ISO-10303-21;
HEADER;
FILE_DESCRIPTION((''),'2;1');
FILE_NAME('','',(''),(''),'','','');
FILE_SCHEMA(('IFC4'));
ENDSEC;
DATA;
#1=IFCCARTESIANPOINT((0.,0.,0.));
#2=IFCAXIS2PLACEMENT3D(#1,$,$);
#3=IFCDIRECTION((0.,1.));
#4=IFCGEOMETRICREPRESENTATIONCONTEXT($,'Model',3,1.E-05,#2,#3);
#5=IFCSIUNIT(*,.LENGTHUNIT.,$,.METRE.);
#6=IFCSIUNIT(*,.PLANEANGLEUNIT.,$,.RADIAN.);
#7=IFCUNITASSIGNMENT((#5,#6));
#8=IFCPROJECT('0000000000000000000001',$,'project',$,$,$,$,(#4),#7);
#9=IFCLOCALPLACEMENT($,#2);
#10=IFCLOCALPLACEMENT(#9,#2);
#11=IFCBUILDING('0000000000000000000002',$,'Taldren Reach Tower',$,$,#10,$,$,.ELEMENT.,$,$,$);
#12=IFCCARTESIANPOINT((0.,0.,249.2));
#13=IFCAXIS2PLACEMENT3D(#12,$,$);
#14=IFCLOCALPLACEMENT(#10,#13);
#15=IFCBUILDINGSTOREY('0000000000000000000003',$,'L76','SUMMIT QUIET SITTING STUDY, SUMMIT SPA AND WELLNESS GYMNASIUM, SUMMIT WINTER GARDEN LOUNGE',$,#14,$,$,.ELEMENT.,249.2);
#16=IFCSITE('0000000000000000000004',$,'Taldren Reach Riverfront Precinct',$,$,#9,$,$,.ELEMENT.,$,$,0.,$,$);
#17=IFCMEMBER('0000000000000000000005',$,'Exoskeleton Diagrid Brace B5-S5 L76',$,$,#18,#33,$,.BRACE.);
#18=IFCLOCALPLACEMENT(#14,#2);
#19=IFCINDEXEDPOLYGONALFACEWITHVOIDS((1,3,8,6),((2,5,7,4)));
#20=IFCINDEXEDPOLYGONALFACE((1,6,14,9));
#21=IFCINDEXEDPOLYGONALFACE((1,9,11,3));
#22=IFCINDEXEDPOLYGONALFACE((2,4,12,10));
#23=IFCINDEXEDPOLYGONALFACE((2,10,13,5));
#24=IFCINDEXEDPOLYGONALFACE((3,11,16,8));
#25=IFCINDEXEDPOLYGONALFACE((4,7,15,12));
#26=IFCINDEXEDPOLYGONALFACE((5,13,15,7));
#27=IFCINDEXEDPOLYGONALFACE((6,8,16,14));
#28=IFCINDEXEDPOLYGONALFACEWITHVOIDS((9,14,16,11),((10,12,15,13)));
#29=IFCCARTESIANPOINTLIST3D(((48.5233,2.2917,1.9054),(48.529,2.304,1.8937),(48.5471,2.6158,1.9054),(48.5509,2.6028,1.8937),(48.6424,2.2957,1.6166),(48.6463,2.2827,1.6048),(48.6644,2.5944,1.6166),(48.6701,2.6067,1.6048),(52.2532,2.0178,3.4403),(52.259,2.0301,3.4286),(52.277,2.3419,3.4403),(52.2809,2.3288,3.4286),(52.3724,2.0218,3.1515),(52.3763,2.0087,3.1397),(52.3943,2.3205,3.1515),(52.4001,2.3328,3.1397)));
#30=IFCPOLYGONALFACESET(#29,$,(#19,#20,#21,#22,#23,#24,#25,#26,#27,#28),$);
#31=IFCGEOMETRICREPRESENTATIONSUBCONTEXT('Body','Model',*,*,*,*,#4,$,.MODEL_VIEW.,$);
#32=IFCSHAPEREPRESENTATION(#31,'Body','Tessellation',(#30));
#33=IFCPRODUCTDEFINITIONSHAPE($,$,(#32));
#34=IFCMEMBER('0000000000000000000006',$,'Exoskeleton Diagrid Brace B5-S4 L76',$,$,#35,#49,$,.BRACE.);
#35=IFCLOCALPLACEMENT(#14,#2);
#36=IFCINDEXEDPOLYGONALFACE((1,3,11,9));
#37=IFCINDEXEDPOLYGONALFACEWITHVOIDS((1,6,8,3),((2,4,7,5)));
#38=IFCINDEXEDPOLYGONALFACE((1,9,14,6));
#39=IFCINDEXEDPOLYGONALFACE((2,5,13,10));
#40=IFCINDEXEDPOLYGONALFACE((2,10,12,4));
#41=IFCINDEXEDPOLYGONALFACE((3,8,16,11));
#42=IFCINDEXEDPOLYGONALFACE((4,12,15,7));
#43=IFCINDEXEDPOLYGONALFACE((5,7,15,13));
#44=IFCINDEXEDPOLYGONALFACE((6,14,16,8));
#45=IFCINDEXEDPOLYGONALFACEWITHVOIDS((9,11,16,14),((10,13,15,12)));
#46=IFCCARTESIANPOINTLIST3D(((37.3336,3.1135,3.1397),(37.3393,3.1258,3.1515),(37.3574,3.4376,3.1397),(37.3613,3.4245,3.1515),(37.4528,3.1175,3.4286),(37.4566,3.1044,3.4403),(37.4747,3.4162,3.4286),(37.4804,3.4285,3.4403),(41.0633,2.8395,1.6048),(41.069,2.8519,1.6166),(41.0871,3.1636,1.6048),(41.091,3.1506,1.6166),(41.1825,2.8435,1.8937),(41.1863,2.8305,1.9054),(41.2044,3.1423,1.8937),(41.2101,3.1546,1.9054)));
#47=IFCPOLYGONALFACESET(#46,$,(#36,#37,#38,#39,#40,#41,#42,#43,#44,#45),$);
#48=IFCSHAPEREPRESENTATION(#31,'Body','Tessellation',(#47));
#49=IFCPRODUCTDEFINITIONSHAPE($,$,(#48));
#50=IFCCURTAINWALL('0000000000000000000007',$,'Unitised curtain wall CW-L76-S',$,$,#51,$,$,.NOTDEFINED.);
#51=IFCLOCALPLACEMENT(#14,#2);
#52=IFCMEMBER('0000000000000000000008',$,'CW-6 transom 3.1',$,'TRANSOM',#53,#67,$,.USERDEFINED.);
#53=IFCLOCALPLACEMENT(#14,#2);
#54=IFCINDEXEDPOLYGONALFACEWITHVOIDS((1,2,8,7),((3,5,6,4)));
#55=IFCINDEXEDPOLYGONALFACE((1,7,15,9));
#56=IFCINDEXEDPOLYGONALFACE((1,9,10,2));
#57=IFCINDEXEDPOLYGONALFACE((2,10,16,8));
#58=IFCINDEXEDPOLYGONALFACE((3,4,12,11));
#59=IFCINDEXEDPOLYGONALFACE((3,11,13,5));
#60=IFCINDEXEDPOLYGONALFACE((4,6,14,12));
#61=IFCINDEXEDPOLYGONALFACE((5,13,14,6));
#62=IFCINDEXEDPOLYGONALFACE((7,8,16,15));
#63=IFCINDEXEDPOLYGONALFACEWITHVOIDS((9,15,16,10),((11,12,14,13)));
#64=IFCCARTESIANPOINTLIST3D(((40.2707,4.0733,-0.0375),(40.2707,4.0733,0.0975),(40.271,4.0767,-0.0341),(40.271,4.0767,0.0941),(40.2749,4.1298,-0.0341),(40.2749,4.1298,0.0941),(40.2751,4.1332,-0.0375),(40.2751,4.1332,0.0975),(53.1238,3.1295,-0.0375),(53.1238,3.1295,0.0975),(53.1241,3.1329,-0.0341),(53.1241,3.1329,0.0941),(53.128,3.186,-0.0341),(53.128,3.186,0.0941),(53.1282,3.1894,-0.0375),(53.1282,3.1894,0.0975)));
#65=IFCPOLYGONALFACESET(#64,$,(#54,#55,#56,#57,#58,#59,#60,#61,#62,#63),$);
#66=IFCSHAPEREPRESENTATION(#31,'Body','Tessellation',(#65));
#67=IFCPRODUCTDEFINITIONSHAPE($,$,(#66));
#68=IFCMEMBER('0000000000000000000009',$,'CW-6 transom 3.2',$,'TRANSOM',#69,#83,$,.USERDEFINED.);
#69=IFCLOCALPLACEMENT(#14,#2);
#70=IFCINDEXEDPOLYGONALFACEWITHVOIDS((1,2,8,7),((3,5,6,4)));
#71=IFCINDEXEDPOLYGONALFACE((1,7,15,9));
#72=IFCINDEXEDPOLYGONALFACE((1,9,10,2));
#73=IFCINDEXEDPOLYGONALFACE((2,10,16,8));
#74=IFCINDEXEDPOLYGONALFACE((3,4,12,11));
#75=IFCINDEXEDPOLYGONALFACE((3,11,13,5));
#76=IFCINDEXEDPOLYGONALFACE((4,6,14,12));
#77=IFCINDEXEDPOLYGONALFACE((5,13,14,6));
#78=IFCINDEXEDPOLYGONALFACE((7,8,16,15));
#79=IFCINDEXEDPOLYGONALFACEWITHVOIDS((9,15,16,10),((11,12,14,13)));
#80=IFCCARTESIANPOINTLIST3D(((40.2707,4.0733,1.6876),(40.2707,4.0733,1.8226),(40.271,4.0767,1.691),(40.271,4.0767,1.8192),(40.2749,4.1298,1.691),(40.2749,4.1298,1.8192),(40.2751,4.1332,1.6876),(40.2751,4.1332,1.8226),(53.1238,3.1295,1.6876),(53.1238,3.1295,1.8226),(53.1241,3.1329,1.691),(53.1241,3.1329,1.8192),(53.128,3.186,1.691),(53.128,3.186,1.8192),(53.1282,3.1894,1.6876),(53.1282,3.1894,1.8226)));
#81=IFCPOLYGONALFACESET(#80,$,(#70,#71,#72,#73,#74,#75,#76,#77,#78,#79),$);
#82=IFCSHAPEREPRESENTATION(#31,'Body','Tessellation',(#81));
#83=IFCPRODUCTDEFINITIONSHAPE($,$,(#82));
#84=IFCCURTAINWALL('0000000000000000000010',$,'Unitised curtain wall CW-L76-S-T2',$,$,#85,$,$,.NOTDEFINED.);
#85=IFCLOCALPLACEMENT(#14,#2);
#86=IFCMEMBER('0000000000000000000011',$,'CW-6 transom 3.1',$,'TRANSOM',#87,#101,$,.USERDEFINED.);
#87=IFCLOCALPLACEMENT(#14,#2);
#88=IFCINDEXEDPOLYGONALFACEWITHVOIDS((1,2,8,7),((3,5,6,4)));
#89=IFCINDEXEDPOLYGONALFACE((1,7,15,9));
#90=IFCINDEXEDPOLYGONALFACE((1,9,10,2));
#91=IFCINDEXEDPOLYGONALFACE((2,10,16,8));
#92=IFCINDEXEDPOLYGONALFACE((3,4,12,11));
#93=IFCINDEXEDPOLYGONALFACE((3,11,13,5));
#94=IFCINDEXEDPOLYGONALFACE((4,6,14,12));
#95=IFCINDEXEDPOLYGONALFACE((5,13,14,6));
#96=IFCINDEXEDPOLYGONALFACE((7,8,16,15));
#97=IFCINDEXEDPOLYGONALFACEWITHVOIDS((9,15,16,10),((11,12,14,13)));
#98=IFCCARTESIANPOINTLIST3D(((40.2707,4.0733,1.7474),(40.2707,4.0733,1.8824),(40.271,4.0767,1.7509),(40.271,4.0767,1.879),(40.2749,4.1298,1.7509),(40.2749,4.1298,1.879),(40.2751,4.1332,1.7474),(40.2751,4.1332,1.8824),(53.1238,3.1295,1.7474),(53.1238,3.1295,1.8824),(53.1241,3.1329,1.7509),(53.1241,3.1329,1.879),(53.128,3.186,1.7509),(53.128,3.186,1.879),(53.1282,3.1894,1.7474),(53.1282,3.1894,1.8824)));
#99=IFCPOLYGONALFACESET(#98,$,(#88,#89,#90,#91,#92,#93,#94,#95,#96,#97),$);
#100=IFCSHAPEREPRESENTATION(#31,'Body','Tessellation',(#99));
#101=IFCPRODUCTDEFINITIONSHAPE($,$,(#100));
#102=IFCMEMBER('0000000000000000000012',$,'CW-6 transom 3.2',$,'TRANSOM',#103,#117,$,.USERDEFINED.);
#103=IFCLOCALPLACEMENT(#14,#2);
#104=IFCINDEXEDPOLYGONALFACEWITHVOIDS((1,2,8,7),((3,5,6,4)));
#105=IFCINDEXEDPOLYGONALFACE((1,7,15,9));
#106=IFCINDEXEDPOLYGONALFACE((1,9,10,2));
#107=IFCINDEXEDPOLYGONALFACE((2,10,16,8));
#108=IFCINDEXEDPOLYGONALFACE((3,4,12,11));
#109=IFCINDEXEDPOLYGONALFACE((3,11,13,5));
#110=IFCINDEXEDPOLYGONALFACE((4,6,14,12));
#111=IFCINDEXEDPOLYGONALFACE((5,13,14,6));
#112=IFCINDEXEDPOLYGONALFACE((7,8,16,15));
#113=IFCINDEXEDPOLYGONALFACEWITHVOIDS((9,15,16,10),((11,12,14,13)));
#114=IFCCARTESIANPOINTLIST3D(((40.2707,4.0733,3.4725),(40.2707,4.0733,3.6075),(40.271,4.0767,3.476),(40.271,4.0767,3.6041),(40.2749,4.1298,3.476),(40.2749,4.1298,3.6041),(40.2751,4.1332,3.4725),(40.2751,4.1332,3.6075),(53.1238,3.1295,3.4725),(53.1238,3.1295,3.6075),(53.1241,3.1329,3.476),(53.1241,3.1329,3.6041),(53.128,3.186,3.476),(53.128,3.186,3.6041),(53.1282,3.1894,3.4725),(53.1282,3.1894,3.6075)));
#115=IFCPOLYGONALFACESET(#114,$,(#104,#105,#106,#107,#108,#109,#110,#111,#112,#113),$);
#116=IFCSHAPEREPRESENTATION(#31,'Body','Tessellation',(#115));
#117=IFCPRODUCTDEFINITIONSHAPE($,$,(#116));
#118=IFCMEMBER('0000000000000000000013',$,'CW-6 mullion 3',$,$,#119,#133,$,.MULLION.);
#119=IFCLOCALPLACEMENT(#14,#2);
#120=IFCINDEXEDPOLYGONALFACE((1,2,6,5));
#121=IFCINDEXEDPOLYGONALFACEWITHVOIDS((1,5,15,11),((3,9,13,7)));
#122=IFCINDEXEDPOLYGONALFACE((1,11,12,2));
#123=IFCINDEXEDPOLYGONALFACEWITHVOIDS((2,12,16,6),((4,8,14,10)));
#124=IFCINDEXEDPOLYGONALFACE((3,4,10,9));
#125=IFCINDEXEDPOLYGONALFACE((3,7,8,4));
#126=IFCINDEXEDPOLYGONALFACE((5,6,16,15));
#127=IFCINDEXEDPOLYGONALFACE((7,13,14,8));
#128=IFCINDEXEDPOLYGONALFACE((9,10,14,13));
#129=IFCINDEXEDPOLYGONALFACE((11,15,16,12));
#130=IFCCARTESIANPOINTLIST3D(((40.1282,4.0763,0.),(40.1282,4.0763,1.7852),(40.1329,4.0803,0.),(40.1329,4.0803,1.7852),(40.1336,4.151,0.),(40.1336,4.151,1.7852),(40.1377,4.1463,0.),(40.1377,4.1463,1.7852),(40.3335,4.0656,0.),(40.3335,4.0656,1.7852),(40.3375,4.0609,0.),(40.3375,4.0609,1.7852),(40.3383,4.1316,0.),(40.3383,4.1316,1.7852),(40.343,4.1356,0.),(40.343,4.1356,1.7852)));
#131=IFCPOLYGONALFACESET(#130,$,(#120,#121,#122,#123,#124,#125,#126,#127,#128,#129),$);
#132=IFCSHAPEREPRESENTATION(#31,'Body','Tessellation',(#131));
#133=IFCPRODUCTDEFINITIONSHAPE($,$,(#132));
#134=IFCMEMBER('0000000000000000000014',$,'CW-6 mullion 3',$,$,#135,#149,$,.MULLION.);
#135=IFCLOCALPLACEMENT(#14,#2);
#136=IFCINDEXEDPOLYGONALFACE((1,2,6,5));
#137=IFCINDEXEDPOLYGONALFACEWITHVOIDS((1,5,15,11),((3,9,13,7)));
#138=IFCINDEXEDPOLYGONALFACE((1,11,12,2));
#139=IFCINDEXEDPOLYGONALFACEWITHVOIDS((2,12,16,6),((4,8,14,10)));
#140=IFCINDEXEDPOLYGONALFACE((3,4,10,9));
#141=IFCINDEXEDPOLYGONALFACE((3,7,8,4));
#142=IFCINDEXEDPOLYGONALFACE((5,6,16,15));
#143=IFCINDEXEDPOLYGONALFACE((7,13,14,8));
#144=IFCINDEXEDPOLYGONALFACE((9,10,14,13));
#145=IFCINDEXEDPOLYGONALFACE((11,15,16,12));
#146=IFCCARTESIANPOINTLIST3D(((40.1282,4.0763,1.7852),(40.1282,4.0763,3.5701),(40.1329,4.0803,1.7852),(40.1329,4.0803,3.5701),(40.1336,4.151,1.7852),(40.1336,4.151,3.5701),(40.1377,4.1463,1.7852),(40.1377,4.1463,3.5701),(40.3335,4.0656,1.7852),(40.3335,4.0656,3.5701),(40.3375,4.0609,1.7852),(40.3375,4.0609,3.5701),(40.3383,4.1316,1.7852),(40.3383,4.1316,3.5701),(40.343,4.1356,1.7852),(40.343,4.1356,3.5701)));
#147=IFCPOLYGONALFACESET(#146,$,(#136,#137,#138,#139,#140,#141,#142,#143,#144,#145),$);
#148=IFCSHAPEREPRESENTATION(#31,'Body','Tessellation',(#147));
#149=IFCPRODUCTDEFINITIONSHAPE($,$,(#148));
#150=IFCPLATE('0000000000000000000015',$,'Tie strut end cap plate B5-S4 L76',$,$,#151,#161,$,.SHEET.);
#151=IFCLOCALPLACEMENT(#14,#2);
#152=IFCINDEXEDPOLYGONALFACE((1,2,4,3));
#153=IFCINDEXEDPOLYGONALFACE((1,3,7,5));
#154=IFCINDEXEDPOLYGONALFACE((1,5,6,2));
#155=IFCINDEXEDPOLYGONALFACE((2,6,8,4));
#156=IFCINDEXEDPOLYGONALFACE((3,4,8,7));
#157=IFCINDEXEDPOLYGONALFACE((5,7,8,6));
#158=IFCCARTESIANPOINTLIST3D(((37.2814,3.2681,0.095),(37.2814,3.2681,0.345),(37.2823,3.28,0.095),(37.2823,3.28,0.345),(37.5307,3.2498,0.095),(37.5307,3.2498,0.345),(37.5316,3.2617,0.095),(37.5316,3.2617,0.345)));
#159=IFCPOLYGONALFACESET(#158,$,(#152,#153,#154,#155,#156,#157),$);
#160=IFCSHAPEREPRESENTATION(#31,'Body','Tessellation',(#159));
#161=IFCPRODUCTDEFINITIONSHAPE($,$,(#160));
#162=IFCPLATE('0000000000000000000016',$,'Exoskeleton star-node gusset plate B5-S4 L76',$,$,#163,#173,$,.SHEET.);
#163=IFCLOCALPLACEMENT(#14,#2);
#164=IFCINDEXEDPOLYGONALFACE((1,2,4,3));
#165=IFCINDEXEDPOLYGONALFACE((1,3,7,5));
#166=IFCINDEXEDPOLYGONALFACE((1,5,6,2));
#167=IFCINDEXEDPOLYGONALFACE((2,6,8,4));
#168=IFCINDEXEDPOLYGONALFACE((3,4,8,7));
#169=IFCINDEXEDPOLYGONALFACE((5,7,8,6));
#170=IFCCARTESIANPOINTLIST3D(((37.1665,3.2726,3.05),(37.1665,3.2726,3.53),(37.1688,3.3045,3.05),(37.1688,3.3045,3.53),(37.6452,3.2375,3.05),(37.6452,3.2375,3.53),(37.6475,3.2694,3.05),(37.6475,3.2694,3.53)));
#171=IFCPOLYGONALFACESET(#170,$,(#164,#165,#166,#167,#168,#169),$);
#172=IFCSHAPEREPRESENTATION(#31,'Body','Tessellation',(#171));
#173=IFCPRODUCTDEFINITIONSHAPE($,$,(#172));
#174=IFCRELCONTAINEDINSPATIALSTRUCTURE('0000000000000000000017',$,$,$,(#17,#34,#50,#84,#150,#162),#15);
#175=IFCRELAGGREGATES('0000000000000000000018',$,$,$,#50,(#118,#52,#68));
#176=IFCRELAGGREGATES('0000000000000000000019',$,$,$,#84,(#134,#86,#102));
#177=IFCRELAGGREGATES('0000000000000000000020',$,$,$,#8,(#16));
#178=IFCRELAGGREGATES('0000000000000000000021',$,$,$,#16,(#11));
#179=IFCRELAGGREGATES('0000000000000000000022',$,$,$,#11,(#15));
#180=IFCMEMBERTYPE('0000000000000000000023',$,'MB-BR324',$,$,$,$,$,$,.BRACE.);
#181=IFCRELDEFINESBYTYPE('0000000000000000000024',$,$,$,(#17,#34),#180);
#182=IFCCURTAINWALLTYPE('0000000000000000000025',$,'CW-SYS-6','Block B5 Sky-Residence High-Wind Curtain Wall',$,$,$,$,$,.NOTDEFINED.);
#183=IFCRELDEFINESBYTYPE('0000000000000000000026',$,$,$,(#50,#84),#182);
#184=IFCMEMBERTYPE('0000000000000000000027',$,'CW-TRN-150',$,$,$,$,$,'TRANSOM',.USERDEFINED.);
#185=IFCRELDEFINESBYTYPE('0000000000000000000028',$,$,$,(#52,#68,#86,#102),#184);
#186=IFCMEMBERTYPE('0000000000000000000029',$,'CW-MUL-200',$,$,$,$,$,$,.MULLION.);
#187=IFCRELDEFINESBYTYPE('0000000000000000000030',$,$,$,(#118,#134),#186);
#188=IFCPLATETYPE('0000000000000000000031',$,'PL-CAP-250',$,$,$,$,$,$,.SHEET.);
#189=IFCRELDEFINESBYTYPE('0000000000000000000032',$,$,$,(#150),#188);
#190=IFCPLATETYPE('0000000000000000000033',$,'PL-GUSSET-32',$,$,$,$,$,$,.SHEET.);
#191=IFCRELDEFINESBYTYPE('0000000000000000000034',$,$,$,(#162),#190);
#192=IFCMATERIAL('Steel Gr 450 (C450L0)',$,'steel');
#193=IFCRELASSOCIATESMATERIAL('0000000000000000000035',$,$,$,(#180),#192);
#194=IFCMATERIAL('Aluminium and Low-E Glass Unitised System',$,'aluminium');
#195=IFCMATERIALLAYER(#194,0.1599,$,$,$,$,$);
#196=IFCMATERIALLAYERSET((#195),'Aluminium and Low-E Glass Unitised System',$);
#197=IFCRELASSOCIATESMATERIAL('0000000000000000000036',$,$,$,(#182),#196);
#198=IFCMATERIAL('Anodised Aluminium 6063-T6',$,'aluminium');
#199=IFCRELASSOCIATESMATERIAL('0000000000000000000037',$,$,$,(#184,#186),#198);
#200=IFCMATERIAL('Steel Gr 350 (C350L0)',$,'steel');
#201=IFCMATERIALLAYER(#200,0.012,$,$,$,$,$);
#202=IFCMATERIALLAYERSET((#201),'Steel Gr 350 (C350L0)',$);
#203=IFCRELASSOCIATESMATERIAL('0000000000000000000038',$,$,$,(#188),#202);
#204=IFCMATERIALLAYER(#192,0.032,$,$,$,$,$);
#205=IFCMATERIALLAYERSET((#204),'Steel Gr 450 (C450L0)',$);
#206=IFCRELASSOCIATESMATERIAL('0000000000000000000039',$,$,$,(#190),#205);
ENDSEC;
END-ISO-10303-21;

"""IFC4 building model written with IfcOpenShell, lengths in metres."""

from ifc_helpers import new_model, si_unit, direction, frame, origin, origin_2d, place, context, subcontext, project, spatial, rectangle, hollow_rectangle, extrude, source, transform, mapped, material, layer, layer_set, material_profile, profile_set, type_object, element, aggregate, save


model = new_model("IFC4")

# Units and contexts
model_context = context("Model", 3, precision=1e-05, world=origin(), true_north=direction((0.0, 1.0)))
body_context = subcontext(model_context, "Body", "Model", "MODEL_VIEW")
ifc_project = project(units=[si_unit("LENGTHUNIT", "METRE"), si_unit("PLANEANGLEUNIT", "RADIAN")], contexts=[model_context])

# Site, building, storey
site_placement = place(None, origin())
site = spatial("IfcSite", under=ifc_project, at=site_placement, Name="Taldren Reach Riverfront Precinct", CompositionType="ELEMENT", RefElevation=0.0)
building_placement = place(site_placement, origin())
building = spatial("IfcBuilding", under=site, at=building_placement, Name="Taldren Reach Tower", CompositionType="ELEMENT")
storey_placement = place(building_placement, frame((0.0, 0.0, 249.2)))
storey = spatial("IfcBuildingStorey", under=building, at=storey_placement, Name="L76", Description="SUMMIT QUIET SITTING STUDY, SUMMIT SPA AND WELLNESS GYMNASIUM, SUMMIT WINTER GARDEN LOUNGE", CompositionType="ELEMENT", Elevation=249.2)

# Shared definitions
ifc_material_1 = material(Name="Steel Gr 350 (C350L0)", Category="steel")
ifc_material_2 = material(Name="Steel Gr 450 (C450L0)", Category="steel")

# Members
ifc_material_profile_1 = material_profile(ifc_material_2, hollow_rectangle(XDim=0.325, YDim=0.325, WallThickness=0.0127, at=origin_2d()), Name="325x325x12.7SHS")
ifc_profile_set_1 = profile_set([ifc_material_profile_1], Name="Steel Gr 450 (C450L0)")
member_type_1 = type_object("IfcMemberType", Name="MB-BR324", PredefinedType="BRACE", material=ifc_profile_set_1)
shared_shape_1 = source(origin(), body_context, "Body", "SweptSolid", [
    extrude(hollow_rectangle(XDim=0.325, YDim=0.325, WallThickness=0.0127, at=origin_2d()), origin(), (0.0, 0.0, 1.0), 4.0427),
])
for number, where, z_axis, x_axis, name in (
    (1, (48.5967, 2.4492, 1.7551), (0.922637, -0.067757, 0.379671), (0.073242, 0.997314, 0.0), "Exoskeleton Diagrid Brace B5-S5 L76"),
):
    element("IfcMember", number, at=place(storey_placement, frame(where, z_axis=z_axis, x_axis=x_axis)), inside=storey, type_object=member_type_1, Name=name, PredefinedType="BRACE", context=body_context, shape_type="MappedRepresentation", body=[
        mapped(shared_shape_1, transform((0.0, 0.0, 0.0), scale=1.0)),
    ])
shared_shape_2 = source(origin(), body_context, "Body", "SweptSolid", [
    extrude(hollow_rectangle(XDim=0.325, YDim=0.325, WallThickness=0.0127, at=origin_2d()), origin(), (0.0, 0.0, 1.0), 4.0425),
])
member_1_placement = place(storey_placement, frame((41.1367, 2.9971, 1.7551), z_axis=(-0.922628, 0.067761, 0.379692), x_axis=(-0.073246, -0.997314, 0.0)))
element("IfcMember", 2, at=member_1_placement, inside=storey, type_object=member_type_1, Name="Exoskeleton Diagrid Brace B5-S4 L76", PredefinedType="BRACE", context=body_context, shape_type="MappedRepresentation", body=[
    mapped(shared_shape_2, transform((0.0, 0.0, 0.0), scale=1.0)),
])

# Curtain walls, members
ifc_material_3 = material(Name="Aluminium and Low-E Glass Unitised System", Category="aluminium")
ifc_layer_1 = layer(ifc_material_3, 0.1599)
ifc_layer_set_1 = layer_set([ifc_layer_1], Name="Aluminium and Low-E Glass Unitised System")
curtain_wall_type = type_object("IfcCurtainWallType", Name="CW-SYS-6", Description="Block B5 Sky-Residence High-Wind Curtain Wall", PredefinedType="NOTDEFINED", material=ifc_layer_set_1)
curtain_wall_1_placement = place(storey_placement, origin())
curtain_wall_1 = element("IfcCurtainWall", 3, at=curtain_wall_1_placement, inside=storey, type_object=curtain_wall_type, Name="Unitised curtain wall CW-L76-S", PredefinedType="NOTDEFINED")
ifc_material_4 = material(Name="Anodised Aluminium 6063-T6", Category="aluminium")
ifc_material_profile_2 = material_profile(ifc_material_4, hollow_rectangle(XDim=0.0601, YDim=0.135, WallThickness=0.0034, at=origin_2d()), Name="ALU-135x60x3.5RHS")
ifc_profile_set_2 = profile_set([ifc_material_profile_2], Name="Anodised Aluminium 6063-T6")
member_type_2 = type_object("IfcMemberType", Name="CW-TRN-150", ElementType="TRANSOM", PredefinedType="USERDEFINED", material=ifc_profile_set_2)
shared_shape_3 = source(origin(), body_context, "Body", "SweptSolid", [
    extrude(hollow_rectangle(XDim=0.0601, YDim=0.135, WallThickness=0.0034, at=origin_2d()), origin(), (0.0, 0.0, 1.0), 12.8877),
])
member_2_placement = place(storey_placement, frame((40.2729, 4.1033, 0.03), z_axis=(0.997315, -0.073237, 0.0), x_axis=(0.073237, 0.997315, 0.0)))
member_2 = element("IfcMember", 4, at=member_2_placement, type_object=member_type_2, Name="CW-6 transom 3.1", ObjectType="TRANSOM", PredefinedType="USERDEFINED", context=body_context, shape_type="MappedRepresentation", body=[
    mapped(shared_shape_3, transform((0.0, 0.0, 0.0), scale=1.0)),
])
member_3_placement = place(storey_placement, frame((40.2729, 4.1033, 1.7551), z_axis=(0.997315, -0.073237, 0.0), x_axis=(0.073237, 0.997315, 0.0)))
member_3 = element("IfcMember", 5, at=member_3_placement, type_object=member_type_2, Name="CW-6 transom 3.2", ObjectType="TRANSOM", PredefinedType="USERDEFINED", context=body_context, shape_type="MappedRepresentation", body=[
    mapped(shared_shape_3, transform((0.0, 0.0, 0.0), scale=1.0)),
])
curtain_wall_2_placement = place(storey_placement, origin())
curtain_wall_2 = element("IfcCurtainWall", 6, at=curtain_wall_2_placement, inside=storey, type_object=curtain_wall_type, Name="Unitised curtain wall CW-L76-S-T2", PredefinedType="NOTDEFINED")
member_4_placement = place(storey_placement, frame((40.2729, 4.1033, 1.8149), z_axis=(0.997315, -0.073237, 0.0), x_axis=(0.073237, 0.997315, 0.0)))
member_4 = element("IfcMember", 7, at=member_4_placement, type_object=member_type_2, Name="CW-6 transom 3.1", ObjectType="TRANSOM", PredefinedType="USERDEFINED", context=body_context, shape_type="MappedRepresentation", body=[
    mapped(shared_shape_3, transform((0.0, 0.0, 0.0), scale=1.0)),
])
member_5_placement = place(storey_placement, frame((40.2729, 4.1033, 3.54), z_axis=(0.997315, -0.073237, 0.0), x_axis=(0.073237, 0.997315, 0.0)))
member_5 = element("IfcMember", 8, at=member_5_placement, type_object=member_type_2, Name="CW-6 transom 3.2", ObjectType="TRANSOM", PredefinedType="USERDEFINED", context=body_context, shape_type="MappedRepresentation", body=[
    mapped(shared_shape_3, transform((0.0, 0.0, 0.0), scale=1.0)),
])

# Members
ifc_material_profile_3 = material_profile(ifc_material_4, hollow_rectangle(XDim=0.075, YDim=0.21, WallThickness=0.0044, at=origin_2d()), Name="ALU-210x75x4.5RHS")
ifc_profile_set_3 = profile_set([ifc_material_profile_3], Name="Anodised Aluminium 6063-T6")
member_type_3 = type_object("IfcMemberType", Name="CW-MUL-200", PredefinedType="MULLION", material=ifc_profile_set_3)
shared_shape_4 = source(origin(), body_context, "Body", "SweptSolid", [
    extrude(hollow_rectangle(XDim=0.075, YDim=0.21, WallThickness=0.0044, at=origin_2d()), origin(), (0.0, 0.0, 1.0), 1.7852),
])
member_6_placement = place(storey_placement, frame((40.2356, 4.106, 0.0), z_axis=(0.0, 0.0, 1.0), x_axis=(0.073238, 0.997314, 0.0)))
member_6 = element("IfcMember", 9, at=member_6_placement, type_object=member_type_3, Name="CW-6 mullion 3", PredefinedType="MULLION", context=body_context, shape_type="MappedRepresentation", body=[
    mapped(shared_shape_4, transform((0.0, 0.0, 0.0), scale=1.0)),
])
shared_shape_5 = source(origin(), body_context, "Body", "SweptSolid", [
    extrude(hollow_rectangle(XDim=0.075, YDim=0.21, WallThickness=0.0044, at=origin_2d()), origin(), (0.0, 0.0, 1.0), 1.7849),
])
member_7_placement = place(storey_placement, frame((40.2356, 4.106, 1.7852), z_axis=(0.0, 0.0, 1.0), x_axis=(0.073238, 0.997314, 0.0)))
member_7 = element("IfcMember", 10, at=member_7_placement, type_object=member_type_3, Name="CW-6 mullion 3", PredefinedType="MULLION", context=body_context, shape_type="MappedRepresentation", body=[
    mapped(shared_shape_5, transform((0.0, 0.0, 0.0), scale=1.0)),
])

# Plates
ifc_layer_2 = layer(ifc_material_1, 0.012)
ifc_layer_set_2 = layer_set([ifc_layer_2], Name="Steel Gr 350 (C350L0)")
plate_type_1 = type_object("IfcPlateType", Name="PL-CAP-250", PredefinedType="SHEET", material=ifc_layer_set_2)
shared_shape_6 = source(origin(), body_context, "Body", "SweptSolid", [
    extrude(rectangle(XDim=0.25, YDim=0.012, at=origin_2d()), origin(), (0.0, 0.0, 1.0), 0.25),
])
plate_1_placement = place(storey_placement, frame((37.4065, 3.2649, 0.095), z_axis=(0.0, 0.0, 1.0), x_axis=(0.997314, -0.073238, 0.0)))
element("IfcPlate", 11, at=plate_1_placement, inside=storey, type_object=plate_type_1, Name="Tie strut end cap plate B5-S4 L76", PredefinedType="SHEET", context=body_context, shape_type="MappedRepresentation", body=[
    mapped(shared_shape_6, transform((0.0, 0.0, 0.0), scale=1.0)),
])
ifc_layer_3 = layer(ifc_material_2, 0.032)
ifc_layer_set_3 = layer_set([ifc_layer_3], Name="Steel Gr 450 (C450L0)")
plate_type_2 = type_object("IfcPlateType", Name="PL-GUSSET-32", PredefinedType="SHEET", material=ifc_layer_set_3)
shared_shape_7 = source(origin(), body_context, "Body", "SweptSolid", [
    extrude(rectangle(XDim=0.48, YDim=0.032, at=origin_2d()), origin(), (0.0, 0.0, 1.0), 0.48),
])
for number, where, z_axis, x_axis, name in (
    (12, (37.407, 3.271, 3.05), (0.0, 0.0, 1.0), (0.997314, -0.073238, 0.0), "Exoskeleton star-node gusset plate B5-S4 L76"),
):
    element("IfcPlate", number, at=place(storey_placement, frame(where, z_axis=z_axis, x_axis=x_axis)), inside=storey, type_object=plate_type_2, Name=name, PredefinedType="SHEET", context=body_context, shape_type="MappedRepresentation", body=[
        mapped(shared_shape_7, transform((0.0, 0.0, 0.0), scale=1.0)),
    ])

aggregate(curtain_wall_1, [member_6, member_2, member_3])
aggregate(curtain_wall_2, [member_7, member_4, member_5])

save(model, "model.ifc")
